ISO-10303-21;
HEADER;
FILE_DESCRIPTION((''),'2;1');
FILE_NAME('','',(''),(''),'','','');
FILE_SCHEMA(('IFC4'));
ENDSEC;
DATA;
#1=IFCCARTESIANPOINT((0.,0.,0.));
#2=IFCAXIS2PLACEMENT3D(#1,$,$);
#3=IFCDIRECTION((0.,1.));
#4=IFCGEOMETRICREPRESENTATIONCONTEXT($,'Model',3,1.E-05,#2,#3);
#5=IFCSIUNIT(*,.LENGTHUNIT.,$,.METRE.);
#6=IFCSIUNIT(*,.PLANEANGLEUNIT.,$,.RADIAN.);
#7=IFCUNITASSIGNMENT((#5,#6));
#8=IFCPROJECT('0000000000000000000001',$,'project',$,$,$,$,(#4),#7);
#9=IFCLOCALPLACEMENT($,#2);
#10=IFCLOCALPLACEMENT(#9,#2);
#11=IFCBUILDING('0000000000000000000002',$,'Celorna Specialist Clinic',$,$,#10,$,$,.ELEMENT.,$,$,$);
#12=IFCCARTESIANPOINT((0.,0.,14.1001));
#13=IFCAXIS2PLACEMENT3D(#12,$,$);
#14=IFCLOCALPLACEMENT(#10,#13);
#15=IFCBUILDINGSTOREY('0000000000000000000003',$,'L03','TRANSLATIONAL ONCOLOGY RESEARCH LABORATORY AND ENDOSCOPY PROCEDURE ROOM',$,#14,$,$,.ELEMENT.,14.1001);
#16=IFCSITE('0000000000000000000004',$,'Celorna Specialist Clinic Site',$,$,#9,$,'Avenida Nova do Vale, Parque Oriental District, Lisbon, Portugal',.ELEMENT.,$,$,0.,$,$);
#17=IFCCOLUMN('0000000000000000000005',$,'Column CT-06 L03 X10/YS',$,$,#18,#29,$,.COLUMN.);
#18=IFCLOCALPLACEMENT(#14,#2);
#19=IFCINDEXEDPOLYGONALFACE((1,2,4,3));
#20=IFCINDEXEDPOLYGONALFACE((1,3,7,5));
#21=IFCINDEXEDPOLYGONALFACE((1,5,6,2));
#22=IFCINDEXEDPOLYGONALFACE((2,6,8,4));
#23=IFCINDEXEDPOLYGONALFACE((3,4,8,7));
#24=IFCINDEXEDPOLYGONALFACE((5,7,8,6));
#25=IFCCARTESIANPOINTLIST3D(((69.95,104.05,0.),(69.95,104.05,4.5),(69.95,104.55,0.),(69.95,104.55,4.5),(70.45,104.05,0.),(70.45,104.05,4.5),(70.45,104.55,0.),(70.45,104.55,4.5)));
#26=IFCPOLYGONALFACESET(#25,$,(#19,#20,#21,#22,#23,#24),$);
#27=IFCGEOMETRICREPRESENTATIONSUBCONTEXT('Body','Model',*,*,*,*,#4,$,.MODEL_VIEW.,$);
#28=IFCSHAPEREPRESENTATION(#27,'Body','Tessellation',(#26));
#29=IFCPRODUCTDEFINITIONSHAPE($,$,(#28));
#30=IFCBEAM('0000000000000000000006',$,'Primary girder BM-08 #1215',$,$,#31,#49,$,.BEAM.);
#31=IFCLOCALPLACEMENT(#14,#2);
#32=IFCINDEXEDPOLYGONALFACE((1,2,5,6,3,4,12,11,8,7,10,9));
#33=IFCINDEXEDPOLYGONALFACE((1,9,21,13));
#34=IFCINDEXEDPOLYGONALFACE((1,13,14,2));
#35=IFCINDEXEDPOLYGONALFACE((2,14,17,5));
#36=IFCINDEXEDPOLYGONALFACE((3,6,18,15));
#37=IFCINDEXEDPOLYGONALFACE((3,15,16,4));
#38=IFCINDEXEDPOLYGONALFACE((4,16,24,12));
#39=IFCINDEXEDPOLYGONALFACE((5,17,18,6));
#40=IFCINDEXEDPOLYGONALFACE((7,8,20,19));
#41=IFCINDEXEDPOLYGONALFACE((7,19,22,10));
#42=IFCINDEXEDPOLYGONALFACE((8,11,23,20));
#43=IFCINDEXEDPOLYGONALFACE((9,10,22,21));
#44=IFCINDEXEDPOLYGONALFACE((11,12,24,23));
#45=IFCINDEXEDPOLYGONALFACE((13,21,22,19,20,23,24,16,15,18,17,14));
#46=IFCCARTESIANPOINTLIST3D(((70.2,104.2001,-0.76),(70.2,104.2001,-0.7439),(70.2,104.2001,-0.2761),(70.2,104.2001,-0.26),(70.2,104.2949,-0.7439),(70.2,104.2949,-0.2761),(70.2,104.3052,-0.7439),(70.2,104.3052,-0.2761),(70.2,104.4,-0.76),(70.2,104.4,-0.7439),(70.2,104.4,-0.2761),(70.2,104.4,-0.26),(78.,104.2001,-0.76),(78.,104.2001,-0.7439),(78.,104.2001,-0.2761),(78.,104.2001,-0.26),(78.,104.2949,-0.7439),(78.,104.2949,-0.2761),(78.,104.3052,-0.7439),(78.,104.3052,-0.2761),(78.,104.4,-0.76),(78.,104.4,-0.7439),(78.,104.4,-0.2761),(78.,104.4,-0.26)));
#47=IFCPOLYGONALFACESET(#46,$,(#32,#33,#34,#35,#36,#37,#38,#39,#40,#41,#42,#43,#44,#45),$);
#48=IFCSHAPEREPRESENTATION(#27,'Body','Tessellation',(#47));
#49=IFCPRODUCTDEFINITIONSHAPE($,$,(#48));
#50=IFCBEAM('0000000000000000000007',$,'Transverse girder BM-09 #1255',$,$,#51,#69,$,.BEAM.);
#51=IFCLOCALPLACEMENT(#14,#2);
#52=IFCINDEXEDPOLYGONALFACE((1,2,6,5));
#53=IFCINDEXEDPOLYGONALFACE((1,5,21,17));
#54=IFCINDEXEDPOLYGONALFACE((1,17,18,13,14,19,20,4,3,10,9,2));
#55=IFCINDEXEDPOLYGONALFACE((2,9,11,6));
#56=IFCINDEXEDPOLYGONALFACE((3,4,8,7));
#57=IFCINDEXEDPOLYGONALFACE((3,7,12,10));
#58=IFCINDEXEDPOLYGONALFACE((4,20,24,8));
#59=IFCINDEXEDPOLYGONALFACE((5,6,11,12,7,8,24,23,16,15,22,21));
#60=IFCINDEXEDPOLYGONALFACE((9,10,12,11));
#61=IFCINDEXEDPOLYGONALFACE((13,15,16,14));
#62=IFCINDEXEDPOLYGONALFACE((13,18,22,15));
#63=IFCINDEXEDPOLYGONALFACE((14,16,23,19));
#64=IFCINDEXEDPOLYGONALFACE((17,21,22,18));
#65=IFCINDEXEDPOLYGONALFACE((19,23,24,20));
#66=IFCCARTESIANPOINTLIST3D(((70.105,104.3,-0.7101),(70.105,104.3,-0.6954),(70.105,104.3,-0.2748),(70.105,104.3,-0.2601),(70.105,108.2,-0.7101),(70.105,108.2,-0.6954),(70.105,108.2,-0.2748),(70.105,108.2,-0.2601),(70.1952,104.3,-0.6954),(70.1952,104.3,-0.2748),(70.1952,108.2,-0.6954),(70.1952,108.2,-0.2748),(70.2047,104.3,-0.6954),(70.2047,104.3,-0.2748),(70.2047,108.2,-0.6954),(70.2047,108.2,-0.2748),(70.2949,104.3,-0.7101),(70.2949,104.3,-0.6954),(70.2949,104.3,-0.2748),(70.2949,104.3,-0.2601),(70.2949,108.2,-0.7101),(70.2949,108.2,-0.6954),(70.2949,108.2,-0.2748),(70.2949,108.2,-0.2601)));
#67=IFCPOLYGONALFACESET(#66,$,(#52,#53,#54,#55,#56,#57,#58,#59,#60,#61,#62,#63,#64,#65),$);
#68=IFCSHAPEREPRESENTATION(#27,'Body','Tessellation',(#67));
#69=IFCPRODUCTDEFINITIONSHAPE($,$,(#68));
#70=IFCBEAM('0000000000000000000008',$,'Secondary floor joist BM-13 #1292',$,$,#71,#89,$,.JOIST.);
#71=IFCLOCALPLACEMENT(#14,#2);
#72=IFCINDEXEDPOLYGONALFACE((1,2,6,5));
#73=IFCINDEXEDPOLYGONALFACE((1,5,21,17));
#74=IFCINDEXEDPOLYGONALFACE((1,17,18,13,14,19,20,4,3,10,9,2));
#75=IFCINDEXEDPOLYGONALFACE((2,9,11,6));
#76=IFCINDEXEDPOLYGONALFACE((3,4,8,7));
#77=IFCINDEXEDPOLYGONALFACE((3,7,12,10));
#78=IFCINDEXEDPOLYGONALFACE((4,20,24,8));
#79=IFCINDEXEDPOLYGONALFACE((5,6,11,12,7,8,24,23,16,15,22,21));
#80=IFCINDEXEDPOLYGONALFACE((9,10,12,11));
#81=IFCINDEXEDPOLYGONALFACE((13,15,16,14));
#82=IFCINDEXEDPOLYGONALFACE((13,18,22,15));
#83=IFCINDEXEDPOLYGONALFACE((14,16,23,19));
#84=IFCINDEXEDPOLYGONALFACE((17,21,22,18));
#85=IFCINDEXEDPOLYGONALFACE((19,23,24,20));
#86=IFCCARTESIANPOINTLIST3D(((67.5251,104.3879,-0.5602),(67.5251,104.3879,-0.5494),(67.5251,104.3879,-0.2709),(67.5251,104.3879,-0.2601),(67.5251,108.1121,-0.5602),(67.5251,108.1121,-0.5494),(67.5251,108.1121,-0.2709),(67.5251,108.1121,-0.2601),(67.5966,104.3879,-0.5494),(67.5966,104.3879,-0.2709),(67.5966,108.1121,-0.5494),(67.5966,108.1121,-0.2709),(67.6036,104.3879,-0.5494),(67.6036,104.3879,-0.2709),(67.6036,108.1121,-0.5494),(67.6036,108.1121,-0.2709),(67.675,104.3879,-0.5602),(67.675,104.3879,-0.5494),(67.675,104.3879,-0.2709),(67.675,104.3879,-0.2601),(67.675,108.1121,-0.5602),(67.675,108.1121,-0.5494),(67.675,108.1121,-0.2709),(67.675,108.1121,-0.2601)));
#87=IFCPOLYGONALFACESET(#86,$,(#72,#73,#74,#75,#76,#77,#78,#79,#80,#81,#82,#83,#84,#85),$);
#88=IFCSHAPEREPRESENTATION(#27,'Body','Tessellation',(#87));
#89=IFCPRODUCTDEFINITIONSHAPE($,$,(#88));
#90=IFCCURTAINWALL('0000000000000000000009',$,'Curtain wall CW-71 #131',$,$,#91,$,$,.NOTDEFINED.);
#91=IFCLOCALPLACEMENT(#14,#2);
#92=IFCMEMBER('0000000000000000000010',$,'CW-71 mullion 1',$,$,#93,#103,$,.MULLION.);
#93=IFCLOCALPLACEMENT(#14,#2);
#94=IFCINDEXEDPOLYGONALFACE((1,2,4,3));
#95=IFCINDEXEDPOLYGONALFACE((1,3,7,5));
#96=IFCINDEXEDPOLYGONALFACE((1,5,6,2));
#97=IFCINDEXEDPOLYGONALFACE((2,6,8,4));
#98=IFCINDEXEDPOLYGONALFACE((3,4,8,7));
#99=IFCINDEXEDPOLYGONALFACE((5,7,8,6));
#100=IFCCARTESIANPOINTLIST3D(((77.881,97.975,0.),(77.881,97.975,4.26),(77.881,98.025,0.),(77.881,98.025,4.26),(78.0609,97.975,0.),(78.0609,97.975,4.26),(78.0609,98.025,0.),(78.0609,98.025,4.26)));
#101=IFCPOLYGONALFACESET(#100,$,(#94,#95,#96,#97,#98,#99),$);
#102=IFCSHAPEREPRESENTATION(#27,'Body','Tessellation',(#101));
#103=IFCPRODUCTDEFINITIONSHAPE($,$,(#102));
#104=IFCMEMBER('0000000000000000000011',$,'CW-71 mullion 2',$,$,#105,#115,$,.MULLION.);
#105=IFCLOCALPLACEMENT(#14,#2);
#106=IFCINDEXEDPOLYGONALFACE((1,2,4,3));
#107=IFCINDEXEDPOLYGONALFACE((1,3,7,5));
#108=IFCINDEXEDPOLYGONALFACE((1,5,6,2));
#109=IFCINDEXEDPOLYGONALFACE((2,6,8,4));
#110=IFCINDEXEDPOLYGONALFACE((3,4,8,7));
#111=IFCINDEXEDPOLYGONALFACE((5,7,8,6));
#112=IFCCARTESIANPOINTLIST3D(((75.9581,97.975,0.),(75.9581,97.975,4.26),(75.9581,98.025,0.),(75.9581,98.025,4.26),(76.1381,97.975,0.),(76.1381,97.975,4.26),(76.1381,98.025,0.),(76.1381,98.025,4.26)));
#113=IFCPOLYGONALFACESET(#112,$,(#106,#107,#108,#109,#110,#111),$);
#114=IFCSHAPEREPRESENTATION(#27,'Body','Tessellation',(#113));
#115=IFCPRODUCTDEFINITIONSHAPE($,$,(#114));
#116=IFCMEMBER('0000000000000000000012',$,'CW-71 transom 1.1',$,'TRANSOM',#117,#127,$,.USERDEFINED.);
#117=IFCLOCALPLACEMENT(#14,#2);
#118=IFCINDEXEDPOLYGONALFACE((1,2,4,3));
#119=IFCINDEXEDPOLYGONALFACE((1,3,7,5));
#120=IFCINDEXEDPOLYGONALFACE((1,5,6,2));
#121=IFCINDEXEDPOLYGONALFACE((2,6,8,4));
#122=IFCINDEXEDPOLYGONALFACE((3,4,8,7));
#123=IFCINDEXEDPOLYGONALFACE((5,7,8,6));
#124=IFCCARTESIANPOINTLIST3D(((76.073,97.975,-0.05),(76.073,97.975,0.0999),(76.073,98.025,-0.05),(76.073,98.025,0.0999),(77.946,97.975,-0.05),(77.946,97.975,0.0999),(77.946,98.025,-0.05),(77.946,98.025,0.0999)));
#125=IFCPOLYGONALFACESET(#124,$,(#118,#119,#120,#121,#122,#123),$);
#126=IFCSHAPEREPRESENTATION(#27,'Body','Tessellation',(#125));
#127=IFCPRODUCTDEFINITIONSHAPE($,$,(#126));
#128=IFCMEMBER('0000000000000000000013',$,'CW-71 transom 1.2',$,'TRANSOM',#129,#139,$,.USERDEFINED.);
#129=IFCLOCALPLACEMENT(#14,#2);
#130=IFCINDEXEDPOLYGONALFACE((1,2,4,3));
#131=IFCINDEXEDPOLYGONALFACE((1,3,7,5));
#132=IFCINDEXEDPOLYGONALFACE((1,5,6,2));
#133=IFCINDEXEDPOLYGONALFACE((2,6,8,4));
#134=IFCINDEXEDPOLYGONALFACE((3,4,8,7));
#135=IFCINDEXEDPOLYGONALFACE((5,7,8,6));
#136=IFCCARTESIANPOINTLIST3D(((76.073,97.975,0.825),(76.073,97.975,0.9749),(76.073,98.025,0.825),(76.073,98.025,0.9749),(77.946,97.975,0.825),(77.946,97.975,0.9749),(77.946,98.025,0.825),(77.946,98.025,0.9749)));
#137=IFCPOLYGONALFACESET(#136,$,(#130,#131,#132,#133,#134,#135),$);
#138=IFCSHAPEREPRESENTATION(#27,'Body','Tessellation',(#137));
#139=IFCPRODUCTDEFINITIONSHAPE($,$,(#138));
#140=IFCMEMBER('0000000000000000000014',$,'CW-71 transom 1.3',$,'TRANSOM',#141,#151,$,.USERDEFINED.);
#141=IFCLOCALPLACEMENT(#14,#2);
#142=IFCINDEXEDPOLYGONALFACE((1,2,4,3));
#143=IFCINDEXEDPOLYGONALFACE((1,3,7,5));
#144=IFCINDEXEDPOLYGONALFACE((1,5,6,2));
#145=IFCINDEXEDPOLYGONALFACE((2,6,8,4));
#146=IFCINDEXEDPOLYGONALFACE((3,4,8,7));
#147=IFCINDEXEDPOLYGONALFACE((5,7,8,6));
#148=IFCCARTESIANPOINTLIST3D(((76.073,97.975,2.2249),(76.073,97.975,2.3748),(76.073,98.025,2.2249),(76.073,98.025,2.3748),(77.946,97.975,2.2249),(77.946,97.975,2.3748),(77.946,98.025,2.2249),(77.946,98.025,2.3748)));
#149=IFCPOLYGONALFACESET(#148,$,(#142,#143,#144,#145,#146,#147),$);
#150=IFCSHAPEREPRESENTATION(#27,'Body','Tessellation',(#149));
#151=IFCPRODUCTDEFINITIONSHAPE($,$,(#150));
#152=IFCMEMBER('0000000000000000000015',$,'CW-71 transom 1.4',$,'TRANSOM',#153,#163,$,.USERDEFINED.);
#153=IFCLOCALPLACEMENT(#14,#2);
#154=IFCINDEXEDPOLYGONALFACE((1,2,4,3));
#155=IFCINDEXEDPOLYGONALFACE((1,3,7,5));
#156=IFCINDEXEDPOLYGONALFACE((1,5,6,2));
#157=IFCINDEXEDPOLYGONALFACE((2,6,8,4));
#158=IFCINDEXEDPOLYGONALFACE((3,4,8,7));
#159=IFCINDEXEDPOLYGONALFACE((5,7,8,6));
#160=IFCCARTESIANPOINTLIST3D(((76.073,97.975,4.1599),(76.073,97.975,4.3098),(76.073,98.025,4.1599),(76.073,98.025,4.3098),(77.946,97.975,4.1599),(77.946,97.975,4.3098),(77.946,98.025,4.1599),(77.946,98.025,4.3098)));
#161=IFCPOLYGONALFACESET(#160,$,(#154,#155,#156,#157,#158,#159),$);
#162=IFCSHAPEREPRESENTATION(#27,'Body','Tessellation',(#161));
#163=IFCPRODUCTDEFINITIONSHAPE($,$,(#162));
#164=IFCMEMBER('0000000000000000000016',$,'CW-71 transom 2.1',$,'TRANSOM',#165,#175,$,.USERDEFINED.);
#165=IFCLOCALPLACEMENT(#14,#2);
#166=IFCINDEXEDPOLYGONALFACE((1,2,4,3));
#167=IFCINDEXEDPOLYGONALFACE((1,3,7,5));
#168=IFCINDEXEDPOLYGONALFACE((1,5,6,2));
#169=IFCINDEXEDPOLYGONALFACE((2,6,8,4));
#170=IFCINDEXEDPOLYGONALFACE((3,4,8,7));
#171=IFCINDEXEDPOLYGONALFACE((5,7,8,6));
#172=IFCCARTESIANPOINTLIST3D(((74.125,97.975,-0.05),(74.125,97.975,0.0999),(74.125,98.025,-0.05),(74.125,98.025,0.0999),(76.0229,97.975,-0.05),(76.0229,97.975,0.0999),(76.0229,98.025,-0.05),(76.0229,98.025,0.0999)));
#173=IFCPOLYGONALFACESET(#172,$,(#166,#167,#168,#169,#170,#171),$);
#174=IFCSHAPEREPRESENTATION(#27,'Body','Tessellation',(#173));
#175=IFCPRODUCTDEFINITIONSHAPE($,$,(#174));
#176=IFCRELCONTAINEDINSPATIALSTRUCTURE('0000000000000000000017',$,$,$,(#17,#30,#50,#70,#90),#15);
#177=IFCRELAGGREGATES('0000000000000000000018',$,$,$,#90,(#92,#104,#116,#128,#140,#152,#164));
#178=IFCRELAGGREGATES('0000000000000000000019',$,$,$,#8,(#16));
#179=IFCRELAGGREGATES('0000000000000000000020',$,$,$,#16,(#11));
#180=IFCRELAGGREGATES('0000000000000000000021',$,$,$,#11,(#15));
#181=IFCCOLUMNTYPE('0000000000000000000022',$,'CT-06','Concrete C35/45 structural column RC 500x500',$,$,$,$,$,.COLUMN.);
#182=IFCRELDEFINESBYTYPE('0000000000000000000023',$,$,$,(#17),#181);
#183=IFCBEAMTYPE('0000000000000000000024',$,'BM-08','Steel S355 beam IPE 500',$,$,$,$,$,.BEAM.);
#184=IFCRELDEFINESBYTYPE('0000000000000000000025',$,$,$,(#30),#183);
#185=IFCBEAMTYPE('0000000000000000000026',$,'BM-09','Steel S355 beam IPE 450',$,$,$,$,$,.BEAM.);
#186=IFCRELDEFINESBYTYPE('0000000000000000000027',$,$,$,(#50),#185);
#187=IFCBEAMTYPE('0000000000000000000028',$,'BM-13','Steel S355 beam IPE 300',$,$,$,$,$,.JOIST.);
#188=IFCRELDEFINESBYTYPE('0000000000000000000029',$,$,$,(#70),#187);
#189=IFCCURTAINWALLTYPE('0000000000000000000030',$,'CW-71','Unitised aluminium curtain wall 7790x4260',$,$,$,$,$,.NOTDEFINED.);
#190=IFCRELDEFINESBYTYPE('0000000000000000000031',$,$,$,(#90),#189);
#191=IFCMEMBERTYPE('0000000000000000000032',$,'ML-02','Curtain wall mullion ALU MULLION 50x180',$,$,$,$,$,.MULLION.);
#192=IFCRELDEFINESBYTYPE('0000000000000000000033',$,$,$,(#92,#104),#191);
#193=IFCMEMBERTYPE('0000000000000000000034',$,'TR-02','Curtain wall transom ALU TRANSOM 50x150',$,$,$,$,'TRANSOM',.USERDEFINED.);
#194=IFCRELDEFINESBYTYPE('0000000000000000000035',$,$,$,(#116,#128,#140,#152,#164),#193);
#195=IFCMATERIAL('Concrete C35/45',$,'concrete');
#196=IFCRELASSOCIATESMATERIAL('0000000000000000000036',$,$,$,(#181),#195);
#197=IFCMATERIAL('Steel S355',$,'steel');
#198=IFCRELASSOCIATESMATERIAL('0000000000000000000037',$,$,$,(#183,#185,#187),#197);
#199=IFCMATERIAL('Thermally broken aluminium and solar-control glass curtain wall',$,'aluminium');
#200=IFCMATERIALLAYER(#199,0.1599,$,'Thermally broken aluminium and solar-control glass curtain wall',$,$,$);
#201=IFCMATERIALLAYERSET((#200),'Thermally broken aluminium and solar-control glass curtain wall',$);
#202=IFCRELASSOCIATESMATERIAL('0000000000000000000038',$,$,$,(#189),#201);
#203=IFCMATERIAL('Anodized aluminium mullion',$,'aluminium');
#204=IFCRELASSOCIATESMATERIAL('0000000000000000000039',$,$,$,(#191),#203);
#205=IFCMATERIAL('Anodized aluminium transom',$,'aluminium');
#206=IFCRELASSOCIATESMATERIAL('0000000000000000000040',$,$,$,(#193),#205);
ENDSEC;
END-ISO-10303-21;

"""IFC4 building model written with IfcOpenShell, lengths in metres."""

from ifc_helpers import new_model, si_unit, direction, frame, origin, origin_2d, place, context, subcontext, project, spatial, rectangle, i_section, extrude, material, layer, layer_set, material_profile, profile_set, type_object, element, aggregate, save


model = new_model("IFC4")

# Units and contexts
model_context = context("Model", 3, precision=1e-05, world=origin(), true_north=direction((0.0, 1.0)))
body_context = subcontext(model_context, "Body", "Model", "MODEL_VIEW")
ifc_project = project(units=[si_unit("LENGTHUNIT", "METRE"), si_unit("PLANEANGLEUNIT", "RADIAN")], contexts=[model_context])

# Site, building, storey
site_placement = place(None, origin())
site = spatial("IfcSite", under=ifc_project, at=site_placement, Name="Celorna Specialist Clinic Site", LongName="Avenida Nova do Vale, Parque Oriental District, Lisbon, Portugal", CompositionType="ELEMENT", RefElevation=0.0)
building_placement = place(site_placement, origin())
building = spatial("IfcBuilding", under=site, at=building_placement, Name="Celorna Specialist Clinic", CompositionType="ELEMENT")
storey_placement = place(building_placement, frame((0.0, 0.0, 14.1001)))
storey = spatial("IfcBuildingStorey", under=building, at=storey_placement, Name="L03", Description="TRANSLATIONAL ONCOLOGY RESEARCH LABORATORY AND ENDOSCOPY PROCEDURE ROOM", CompositionType="ELEMENT", Elevation=14.1001)

# Column
ifc_material_1 = material(Name="Concrete C35/45", Category="concrete")
ifc_material_profile_1 = material_profile(ifc_material_1, rectangle(XDim=0.5, YDim=0.5, at=origin_2d()), Name="RC 500x500")
ifc_profile_set_1 = profile_set([ifc_material_profile_1], Name="Concrete C35/45")
column_type = type_object("IfcColumnType", Name="CT-06", Description="Concrete C35/45 structural column RC 500x500", PredefinedType="COLUMN", material=ifc_profile_set_1)
column_placement = place(storey_placement, frame((70.2, 104.3, 0.0), z_axis=(0.0, 0.0, 1.0), x_axis=(1.0, 0.0, 0.0)))
element("IfcColumn", 1, at=column_placement, inside=storey, type_object=column_type, Name="Column CT-06 L03 X10/YS", PredefinedType="COLUMN", context=body_context, shape_type="SweptSolid", body=[
    extrude(rectangle(XDim=0.5, YDim=0.5, at=origin_2d()), origin(), (0.0, 0.0, 1.0), 4.5),
])

# Beams
ifc_material_2 = material(Name="Steel S355", Category="steel")
ifc_material_profile_2 = material_profile(ifc_material_2, i_section(OverallWidth=0.2, OverallDepth=0.5, WebThickness=0.0103, FlangeThickness=0.0161, at=origin_2d()), Name="IPE 500")
ifc_profile_set_2 = profile_set([ifc_material_profile_2], Name="Steel S355")
beam_type_1 = type_object("IfcBeamType", Name="BM-08", Description="Steel S355 beam IPE 500", PredefinedType="BEAM", material=ifc_profile_set_2)
beam_1_placement = place(storey_placement, frame((70.2, 104.3, -0.51), z_axis=(1.0, 0.0, 0.0), x_axis=(0.0, 1.0, 0.0)))
element("IfcBeam", 2, at=beam_1_placement, inside=storey, type_object=beam_type_1, Name="Primary girder BM-08 #1215", PredefinedType="BEAM", context=body_context, shape_type="SweptSolid", body=[
    extrude(i_section(OverallWidth=0.2, OverallDepth=0.5, WebThickness=0.0103, FlangeThickness=0.0161, at=origin_2d()), origin(), (0.0, 0.0, 1.0), 7.8),
])
ifc_material_profile_3 = material_profile(ifc_material_2, i_section(OverallWidth=0.1899, OverallDepth=0.45, WebThickness=0.0095, FlangeThickness=0.0146, at=origin_2d()), Name="IPE 450")
ifc_profile_set_3 = profile_set([ifc_material_profile_3], Name="Steel S355")
beam_type_2 = type_object("IfcBeamType", Name="BM-09", Description="Steel S355 beam IPE 450", PredefinedType="BEAM", material=ifc_profile_set_3)
beam_2_placement = place(storey_placement, frame((70.2, 104.3, -0.4851), z_axis=(0.0, 1.0, 0.0), x_axis=(-1.0, 0.0, 0.0)))
element("IfcBeam", 3, at=beam_2_placement, inside=storey, type_object=beam_type_2, Name="Transverse girder BM-09 #1255", PredefinedType="BEAM", context=body_context, shape_type="SweptSolid", body=[
    extrude(i_section(OverallWidth=0.1899, OverallDepth=0.45, WebThickness=0.0095, FlangeThickness=0.0146, at=origin_2d()), origin(), (0.0, 0.0, 1.0), 3.8999),
])
ifc_material_profile_4 = material_profile(ifc_material_2, i_section(OverallWidth=0.1499, OverallDepth=0.3, WebThickness=0.0071, FlangeThickness=0.0107, at=origin_2d()), Name="IPE 300")
ifc_profile_set_4 = profile_set([ifc_material_profile_4], Name="Steel S355")
beam_type_3 = type_object("IfcBeamType", Name="BM-13", Description="Steel S355 beam IPE 300", PredefinedType="JOIST", material=ifc_profile_set_4)
beam_3_placement = place(storey_placement, frame((67.6001, 104.3879, -0.4102), z_axis=(0.0, 1.0, 0.0), x_axis=(-1.0, 0.0, 0.0)))
element("IfcBeam", 4, at=beam_3_placement, inside=storey, type_object=beam_type_3, Name="Secondary floor joist BM-13 #1292", PredefinedType="JOIST", context=body_context, shape_type="SweptSolid", body=[
    extrude(i_section(OverallWidth=0.1499, OverallDepth=0.3, WebThickness=0.0071, FlangeThickness=0.0107, at=origin_2d()), origin(), (0.0, 0.0, 1.0), 3.7241),
])

# Curtain wall, members
ifc_material_3 = material(Name="Thermally broken aluminium and solar-control glass curtain wall", Category="aluminium")
ifc_layer_1 = layer(ifc_material_3, 0.1599, Name="Thermally broken aluminium and solar-control glass curtain wall")
ifc_layer_set_1 = layer_set([ifc_layer_1], Name="Thermally broken aluminium and solar-control glass curtain wall")
curtain_wall_type = type_object("IfcCurtainWallType", Name="CW-71", Description="Unitised aluminium curtain wall 7790x4260", PredefinedType="NOTDEFINED", material=ifc_layer_set_1)
curtain_wall_placement = place(storey_placement, origin())
curtain_wall = element("IfcCurtainWall", 5, at=curtain_wall_placement, inside=storey, type_object=curtain_wall_type, Name="Curtain wall CW-71 #131", PredefinedType="NOTDEFINED")
ifc_material_4 = material(Name="Anodized aluminium mullion", Category="aluminium")
ifc_material_profile_5 = material_profile(ifc_material_4, rectangle(XDim=0.05, YDim=0.1799, at=origin_2d()), Name="ALU MULLION 50x180")
ifc_profile_set_5 = profile_set([ifc_material_profile_5], Name="Anodized aluminium mullion")
member_type_1 = type_object("IfcMemberType", Name="ML-02", Description="Curtain wall mullion ALU MULLION 50x180", PredefinedType="MULLION", material=ifc_profile_set_5)
member_1_placement = place(storey_placement, frame((77.9709, 98.0, 0.0), z_axis=(0.0, 0.0, 1.0), x_axis=(0.0, -1.0, 0.0)))
member_1 = element("IfcMember", 6, at=member_1_placement, type_object=member_type_1, Name="CW-71 mullion 1", PredefinedType="MULLION", context=body_context, shape_type="SweptSolid", body=[
    extrude(rectangle(XDim=0.05, YDim=0.1799, at=origin_2d()), origin(), (0.0, 0.0, 1.0), 4.26),
])
member_2_placement = place(storey_placement, frame((76.0481, 98.0, 0.0), z_axis=(0.0, 0.0, 1.0), x_axis=(0.0, -1.0, 0.0)))
member_2 = element("IfcMember", 7, at=member_2_placement, type_object=member_type_1, Name="CW-71 mullion 2", PredefinedType="MULLION", context=body_context, shape_type="SweptSolid", body=[
    extrude(rectangle(XDim=0.05, YDim=0.1799, at=origin_2d()), origin(), (0.0, 0.0, 1.0), 4.26),
])
ifc_material_5 = material(Name="Anodized aluminium transom", Category="aluminium")
ifc_material_profile_6 = material_profile(ifc_material_5, rectangle(XDim=0.05, YDim=0.1499, at=origin_2d()), Name="ALU TRANSOM 50x150")
ifc_profile_set_6 = profile_set([ifc_material_profile_6], Name="Anodized aluminium transom")
member_type_2 = type_object("IfcMemberType", Name="TR-02", Description="Curtain wall transom ALU TRANSOM 50x150", ElementType="TRANSOM", PredefinedType="USERDEFINED", material=ifc_profile_set_6)
member_3_placement = place(storey_placement, frame((77.946, 98.0, 0.0249), z_axis=(-1.0, 0.0, 0.0), x_axis=(0.0, -1.0, 0.0)))
member_3 = element("IfcMember", 8, at=member_3_placement, type_object=member_type_2, Name="CW-71 transom 1.1", ObjectType="TRANSOM", PredefinedType="USERDEFINED", context=body_context, shape_type="SweptSolid", body=[
    extrude(rectangle(XDim=0.05, YDim=0.1499, at=origin_2d()), origin(), (0.0, 0.0, 1.0), 1.873),
])
member_4_placement = place(storey_placement, frame((77.946, 98.0, 0.8999), z_axis=(-1.0, 0.0, 0.0), x_axis=(0.0, -1.0, 0.0)))
member_4 = element("IfcMember", 9, at=member_4_placement, type_object=member_type_2, Name="CW-71 transom 1.2", ObjectType="TRANSOM", PredefinedType="USERDEFINED", context=body_context, shape_type="SweptSolid", body=[
    extrude(rectangle(XDim=0.05, YDim=0.1499, at=origin_2d()), origin(), (0.0, 0.0, 1.0), 1.873),
])
member_5_placement = place(storey_placement, frame((77.946, 98.0, 2.2998), z_axis=(-1.0, 0.0, 0.0), x_axis=(0.0, -1.0, 0.0)))
member_5 = element("IfcMember", 10, at=member_5_placement, type_object=member_type_2, Name="CW-71 transom 1.3", ObjectType="TRANSOM", PredefinedType="USERDEFINED", context=body_context, shape_type="SweptSolid", body=[
    extrude(rectangle(XDim=0.05, YDim=0.1499, at=origin_2d()), origin(), (0.0, 0.0, 1.0), 1.873),
])
member_6_placement = place(storey_placement, frame((77.946, 98.0, 4.2349), z_axis=(-1.0, 0.0, 0.0), x_axis=(0.0, -1.0, 0.0)))
member_6 = element("IfcMember", 11, at=member_6_placement, type_object=member_type_2, Name="CW-71 transom 1.4", ObjectType="TRANSOM", PredefinedType="USERDEFINED", context=body_context, shape_type="SweptSolid", body=[
    extrude(rectangle(XDim=0.05, YDim=0.1499, at=origin_2d()), origin(), (0.0, 0.0, 1.0), 1.873),
])
member_7_placement = place(storey_placement, frame((76.0229, 98.0, 0.0249), z_axis=(-1.0, 0.0, 0.0), x_axis=(0.0, -1.0, 0.0)))
member_7 = element("IfcMember", 12, at=member_7_placement, type_object=member_type_2, Name="CW-71 transom 2.1", ObjectType="TRANSOM", PredefinedType="USERDEFINED", context=body_context, shape_type="SweptSolid", body=[
    extrude(rectangle(XDim=0.05, YDim=0.1499, at=origin_2d()), origin(), (0.0, 0.0, 1.0), 1.8979),
])
aggregate(curtain_wall, [member_1, member_2, member_3, member_4, member_5, member_6, member_7])

save(model, "model.ifc")
